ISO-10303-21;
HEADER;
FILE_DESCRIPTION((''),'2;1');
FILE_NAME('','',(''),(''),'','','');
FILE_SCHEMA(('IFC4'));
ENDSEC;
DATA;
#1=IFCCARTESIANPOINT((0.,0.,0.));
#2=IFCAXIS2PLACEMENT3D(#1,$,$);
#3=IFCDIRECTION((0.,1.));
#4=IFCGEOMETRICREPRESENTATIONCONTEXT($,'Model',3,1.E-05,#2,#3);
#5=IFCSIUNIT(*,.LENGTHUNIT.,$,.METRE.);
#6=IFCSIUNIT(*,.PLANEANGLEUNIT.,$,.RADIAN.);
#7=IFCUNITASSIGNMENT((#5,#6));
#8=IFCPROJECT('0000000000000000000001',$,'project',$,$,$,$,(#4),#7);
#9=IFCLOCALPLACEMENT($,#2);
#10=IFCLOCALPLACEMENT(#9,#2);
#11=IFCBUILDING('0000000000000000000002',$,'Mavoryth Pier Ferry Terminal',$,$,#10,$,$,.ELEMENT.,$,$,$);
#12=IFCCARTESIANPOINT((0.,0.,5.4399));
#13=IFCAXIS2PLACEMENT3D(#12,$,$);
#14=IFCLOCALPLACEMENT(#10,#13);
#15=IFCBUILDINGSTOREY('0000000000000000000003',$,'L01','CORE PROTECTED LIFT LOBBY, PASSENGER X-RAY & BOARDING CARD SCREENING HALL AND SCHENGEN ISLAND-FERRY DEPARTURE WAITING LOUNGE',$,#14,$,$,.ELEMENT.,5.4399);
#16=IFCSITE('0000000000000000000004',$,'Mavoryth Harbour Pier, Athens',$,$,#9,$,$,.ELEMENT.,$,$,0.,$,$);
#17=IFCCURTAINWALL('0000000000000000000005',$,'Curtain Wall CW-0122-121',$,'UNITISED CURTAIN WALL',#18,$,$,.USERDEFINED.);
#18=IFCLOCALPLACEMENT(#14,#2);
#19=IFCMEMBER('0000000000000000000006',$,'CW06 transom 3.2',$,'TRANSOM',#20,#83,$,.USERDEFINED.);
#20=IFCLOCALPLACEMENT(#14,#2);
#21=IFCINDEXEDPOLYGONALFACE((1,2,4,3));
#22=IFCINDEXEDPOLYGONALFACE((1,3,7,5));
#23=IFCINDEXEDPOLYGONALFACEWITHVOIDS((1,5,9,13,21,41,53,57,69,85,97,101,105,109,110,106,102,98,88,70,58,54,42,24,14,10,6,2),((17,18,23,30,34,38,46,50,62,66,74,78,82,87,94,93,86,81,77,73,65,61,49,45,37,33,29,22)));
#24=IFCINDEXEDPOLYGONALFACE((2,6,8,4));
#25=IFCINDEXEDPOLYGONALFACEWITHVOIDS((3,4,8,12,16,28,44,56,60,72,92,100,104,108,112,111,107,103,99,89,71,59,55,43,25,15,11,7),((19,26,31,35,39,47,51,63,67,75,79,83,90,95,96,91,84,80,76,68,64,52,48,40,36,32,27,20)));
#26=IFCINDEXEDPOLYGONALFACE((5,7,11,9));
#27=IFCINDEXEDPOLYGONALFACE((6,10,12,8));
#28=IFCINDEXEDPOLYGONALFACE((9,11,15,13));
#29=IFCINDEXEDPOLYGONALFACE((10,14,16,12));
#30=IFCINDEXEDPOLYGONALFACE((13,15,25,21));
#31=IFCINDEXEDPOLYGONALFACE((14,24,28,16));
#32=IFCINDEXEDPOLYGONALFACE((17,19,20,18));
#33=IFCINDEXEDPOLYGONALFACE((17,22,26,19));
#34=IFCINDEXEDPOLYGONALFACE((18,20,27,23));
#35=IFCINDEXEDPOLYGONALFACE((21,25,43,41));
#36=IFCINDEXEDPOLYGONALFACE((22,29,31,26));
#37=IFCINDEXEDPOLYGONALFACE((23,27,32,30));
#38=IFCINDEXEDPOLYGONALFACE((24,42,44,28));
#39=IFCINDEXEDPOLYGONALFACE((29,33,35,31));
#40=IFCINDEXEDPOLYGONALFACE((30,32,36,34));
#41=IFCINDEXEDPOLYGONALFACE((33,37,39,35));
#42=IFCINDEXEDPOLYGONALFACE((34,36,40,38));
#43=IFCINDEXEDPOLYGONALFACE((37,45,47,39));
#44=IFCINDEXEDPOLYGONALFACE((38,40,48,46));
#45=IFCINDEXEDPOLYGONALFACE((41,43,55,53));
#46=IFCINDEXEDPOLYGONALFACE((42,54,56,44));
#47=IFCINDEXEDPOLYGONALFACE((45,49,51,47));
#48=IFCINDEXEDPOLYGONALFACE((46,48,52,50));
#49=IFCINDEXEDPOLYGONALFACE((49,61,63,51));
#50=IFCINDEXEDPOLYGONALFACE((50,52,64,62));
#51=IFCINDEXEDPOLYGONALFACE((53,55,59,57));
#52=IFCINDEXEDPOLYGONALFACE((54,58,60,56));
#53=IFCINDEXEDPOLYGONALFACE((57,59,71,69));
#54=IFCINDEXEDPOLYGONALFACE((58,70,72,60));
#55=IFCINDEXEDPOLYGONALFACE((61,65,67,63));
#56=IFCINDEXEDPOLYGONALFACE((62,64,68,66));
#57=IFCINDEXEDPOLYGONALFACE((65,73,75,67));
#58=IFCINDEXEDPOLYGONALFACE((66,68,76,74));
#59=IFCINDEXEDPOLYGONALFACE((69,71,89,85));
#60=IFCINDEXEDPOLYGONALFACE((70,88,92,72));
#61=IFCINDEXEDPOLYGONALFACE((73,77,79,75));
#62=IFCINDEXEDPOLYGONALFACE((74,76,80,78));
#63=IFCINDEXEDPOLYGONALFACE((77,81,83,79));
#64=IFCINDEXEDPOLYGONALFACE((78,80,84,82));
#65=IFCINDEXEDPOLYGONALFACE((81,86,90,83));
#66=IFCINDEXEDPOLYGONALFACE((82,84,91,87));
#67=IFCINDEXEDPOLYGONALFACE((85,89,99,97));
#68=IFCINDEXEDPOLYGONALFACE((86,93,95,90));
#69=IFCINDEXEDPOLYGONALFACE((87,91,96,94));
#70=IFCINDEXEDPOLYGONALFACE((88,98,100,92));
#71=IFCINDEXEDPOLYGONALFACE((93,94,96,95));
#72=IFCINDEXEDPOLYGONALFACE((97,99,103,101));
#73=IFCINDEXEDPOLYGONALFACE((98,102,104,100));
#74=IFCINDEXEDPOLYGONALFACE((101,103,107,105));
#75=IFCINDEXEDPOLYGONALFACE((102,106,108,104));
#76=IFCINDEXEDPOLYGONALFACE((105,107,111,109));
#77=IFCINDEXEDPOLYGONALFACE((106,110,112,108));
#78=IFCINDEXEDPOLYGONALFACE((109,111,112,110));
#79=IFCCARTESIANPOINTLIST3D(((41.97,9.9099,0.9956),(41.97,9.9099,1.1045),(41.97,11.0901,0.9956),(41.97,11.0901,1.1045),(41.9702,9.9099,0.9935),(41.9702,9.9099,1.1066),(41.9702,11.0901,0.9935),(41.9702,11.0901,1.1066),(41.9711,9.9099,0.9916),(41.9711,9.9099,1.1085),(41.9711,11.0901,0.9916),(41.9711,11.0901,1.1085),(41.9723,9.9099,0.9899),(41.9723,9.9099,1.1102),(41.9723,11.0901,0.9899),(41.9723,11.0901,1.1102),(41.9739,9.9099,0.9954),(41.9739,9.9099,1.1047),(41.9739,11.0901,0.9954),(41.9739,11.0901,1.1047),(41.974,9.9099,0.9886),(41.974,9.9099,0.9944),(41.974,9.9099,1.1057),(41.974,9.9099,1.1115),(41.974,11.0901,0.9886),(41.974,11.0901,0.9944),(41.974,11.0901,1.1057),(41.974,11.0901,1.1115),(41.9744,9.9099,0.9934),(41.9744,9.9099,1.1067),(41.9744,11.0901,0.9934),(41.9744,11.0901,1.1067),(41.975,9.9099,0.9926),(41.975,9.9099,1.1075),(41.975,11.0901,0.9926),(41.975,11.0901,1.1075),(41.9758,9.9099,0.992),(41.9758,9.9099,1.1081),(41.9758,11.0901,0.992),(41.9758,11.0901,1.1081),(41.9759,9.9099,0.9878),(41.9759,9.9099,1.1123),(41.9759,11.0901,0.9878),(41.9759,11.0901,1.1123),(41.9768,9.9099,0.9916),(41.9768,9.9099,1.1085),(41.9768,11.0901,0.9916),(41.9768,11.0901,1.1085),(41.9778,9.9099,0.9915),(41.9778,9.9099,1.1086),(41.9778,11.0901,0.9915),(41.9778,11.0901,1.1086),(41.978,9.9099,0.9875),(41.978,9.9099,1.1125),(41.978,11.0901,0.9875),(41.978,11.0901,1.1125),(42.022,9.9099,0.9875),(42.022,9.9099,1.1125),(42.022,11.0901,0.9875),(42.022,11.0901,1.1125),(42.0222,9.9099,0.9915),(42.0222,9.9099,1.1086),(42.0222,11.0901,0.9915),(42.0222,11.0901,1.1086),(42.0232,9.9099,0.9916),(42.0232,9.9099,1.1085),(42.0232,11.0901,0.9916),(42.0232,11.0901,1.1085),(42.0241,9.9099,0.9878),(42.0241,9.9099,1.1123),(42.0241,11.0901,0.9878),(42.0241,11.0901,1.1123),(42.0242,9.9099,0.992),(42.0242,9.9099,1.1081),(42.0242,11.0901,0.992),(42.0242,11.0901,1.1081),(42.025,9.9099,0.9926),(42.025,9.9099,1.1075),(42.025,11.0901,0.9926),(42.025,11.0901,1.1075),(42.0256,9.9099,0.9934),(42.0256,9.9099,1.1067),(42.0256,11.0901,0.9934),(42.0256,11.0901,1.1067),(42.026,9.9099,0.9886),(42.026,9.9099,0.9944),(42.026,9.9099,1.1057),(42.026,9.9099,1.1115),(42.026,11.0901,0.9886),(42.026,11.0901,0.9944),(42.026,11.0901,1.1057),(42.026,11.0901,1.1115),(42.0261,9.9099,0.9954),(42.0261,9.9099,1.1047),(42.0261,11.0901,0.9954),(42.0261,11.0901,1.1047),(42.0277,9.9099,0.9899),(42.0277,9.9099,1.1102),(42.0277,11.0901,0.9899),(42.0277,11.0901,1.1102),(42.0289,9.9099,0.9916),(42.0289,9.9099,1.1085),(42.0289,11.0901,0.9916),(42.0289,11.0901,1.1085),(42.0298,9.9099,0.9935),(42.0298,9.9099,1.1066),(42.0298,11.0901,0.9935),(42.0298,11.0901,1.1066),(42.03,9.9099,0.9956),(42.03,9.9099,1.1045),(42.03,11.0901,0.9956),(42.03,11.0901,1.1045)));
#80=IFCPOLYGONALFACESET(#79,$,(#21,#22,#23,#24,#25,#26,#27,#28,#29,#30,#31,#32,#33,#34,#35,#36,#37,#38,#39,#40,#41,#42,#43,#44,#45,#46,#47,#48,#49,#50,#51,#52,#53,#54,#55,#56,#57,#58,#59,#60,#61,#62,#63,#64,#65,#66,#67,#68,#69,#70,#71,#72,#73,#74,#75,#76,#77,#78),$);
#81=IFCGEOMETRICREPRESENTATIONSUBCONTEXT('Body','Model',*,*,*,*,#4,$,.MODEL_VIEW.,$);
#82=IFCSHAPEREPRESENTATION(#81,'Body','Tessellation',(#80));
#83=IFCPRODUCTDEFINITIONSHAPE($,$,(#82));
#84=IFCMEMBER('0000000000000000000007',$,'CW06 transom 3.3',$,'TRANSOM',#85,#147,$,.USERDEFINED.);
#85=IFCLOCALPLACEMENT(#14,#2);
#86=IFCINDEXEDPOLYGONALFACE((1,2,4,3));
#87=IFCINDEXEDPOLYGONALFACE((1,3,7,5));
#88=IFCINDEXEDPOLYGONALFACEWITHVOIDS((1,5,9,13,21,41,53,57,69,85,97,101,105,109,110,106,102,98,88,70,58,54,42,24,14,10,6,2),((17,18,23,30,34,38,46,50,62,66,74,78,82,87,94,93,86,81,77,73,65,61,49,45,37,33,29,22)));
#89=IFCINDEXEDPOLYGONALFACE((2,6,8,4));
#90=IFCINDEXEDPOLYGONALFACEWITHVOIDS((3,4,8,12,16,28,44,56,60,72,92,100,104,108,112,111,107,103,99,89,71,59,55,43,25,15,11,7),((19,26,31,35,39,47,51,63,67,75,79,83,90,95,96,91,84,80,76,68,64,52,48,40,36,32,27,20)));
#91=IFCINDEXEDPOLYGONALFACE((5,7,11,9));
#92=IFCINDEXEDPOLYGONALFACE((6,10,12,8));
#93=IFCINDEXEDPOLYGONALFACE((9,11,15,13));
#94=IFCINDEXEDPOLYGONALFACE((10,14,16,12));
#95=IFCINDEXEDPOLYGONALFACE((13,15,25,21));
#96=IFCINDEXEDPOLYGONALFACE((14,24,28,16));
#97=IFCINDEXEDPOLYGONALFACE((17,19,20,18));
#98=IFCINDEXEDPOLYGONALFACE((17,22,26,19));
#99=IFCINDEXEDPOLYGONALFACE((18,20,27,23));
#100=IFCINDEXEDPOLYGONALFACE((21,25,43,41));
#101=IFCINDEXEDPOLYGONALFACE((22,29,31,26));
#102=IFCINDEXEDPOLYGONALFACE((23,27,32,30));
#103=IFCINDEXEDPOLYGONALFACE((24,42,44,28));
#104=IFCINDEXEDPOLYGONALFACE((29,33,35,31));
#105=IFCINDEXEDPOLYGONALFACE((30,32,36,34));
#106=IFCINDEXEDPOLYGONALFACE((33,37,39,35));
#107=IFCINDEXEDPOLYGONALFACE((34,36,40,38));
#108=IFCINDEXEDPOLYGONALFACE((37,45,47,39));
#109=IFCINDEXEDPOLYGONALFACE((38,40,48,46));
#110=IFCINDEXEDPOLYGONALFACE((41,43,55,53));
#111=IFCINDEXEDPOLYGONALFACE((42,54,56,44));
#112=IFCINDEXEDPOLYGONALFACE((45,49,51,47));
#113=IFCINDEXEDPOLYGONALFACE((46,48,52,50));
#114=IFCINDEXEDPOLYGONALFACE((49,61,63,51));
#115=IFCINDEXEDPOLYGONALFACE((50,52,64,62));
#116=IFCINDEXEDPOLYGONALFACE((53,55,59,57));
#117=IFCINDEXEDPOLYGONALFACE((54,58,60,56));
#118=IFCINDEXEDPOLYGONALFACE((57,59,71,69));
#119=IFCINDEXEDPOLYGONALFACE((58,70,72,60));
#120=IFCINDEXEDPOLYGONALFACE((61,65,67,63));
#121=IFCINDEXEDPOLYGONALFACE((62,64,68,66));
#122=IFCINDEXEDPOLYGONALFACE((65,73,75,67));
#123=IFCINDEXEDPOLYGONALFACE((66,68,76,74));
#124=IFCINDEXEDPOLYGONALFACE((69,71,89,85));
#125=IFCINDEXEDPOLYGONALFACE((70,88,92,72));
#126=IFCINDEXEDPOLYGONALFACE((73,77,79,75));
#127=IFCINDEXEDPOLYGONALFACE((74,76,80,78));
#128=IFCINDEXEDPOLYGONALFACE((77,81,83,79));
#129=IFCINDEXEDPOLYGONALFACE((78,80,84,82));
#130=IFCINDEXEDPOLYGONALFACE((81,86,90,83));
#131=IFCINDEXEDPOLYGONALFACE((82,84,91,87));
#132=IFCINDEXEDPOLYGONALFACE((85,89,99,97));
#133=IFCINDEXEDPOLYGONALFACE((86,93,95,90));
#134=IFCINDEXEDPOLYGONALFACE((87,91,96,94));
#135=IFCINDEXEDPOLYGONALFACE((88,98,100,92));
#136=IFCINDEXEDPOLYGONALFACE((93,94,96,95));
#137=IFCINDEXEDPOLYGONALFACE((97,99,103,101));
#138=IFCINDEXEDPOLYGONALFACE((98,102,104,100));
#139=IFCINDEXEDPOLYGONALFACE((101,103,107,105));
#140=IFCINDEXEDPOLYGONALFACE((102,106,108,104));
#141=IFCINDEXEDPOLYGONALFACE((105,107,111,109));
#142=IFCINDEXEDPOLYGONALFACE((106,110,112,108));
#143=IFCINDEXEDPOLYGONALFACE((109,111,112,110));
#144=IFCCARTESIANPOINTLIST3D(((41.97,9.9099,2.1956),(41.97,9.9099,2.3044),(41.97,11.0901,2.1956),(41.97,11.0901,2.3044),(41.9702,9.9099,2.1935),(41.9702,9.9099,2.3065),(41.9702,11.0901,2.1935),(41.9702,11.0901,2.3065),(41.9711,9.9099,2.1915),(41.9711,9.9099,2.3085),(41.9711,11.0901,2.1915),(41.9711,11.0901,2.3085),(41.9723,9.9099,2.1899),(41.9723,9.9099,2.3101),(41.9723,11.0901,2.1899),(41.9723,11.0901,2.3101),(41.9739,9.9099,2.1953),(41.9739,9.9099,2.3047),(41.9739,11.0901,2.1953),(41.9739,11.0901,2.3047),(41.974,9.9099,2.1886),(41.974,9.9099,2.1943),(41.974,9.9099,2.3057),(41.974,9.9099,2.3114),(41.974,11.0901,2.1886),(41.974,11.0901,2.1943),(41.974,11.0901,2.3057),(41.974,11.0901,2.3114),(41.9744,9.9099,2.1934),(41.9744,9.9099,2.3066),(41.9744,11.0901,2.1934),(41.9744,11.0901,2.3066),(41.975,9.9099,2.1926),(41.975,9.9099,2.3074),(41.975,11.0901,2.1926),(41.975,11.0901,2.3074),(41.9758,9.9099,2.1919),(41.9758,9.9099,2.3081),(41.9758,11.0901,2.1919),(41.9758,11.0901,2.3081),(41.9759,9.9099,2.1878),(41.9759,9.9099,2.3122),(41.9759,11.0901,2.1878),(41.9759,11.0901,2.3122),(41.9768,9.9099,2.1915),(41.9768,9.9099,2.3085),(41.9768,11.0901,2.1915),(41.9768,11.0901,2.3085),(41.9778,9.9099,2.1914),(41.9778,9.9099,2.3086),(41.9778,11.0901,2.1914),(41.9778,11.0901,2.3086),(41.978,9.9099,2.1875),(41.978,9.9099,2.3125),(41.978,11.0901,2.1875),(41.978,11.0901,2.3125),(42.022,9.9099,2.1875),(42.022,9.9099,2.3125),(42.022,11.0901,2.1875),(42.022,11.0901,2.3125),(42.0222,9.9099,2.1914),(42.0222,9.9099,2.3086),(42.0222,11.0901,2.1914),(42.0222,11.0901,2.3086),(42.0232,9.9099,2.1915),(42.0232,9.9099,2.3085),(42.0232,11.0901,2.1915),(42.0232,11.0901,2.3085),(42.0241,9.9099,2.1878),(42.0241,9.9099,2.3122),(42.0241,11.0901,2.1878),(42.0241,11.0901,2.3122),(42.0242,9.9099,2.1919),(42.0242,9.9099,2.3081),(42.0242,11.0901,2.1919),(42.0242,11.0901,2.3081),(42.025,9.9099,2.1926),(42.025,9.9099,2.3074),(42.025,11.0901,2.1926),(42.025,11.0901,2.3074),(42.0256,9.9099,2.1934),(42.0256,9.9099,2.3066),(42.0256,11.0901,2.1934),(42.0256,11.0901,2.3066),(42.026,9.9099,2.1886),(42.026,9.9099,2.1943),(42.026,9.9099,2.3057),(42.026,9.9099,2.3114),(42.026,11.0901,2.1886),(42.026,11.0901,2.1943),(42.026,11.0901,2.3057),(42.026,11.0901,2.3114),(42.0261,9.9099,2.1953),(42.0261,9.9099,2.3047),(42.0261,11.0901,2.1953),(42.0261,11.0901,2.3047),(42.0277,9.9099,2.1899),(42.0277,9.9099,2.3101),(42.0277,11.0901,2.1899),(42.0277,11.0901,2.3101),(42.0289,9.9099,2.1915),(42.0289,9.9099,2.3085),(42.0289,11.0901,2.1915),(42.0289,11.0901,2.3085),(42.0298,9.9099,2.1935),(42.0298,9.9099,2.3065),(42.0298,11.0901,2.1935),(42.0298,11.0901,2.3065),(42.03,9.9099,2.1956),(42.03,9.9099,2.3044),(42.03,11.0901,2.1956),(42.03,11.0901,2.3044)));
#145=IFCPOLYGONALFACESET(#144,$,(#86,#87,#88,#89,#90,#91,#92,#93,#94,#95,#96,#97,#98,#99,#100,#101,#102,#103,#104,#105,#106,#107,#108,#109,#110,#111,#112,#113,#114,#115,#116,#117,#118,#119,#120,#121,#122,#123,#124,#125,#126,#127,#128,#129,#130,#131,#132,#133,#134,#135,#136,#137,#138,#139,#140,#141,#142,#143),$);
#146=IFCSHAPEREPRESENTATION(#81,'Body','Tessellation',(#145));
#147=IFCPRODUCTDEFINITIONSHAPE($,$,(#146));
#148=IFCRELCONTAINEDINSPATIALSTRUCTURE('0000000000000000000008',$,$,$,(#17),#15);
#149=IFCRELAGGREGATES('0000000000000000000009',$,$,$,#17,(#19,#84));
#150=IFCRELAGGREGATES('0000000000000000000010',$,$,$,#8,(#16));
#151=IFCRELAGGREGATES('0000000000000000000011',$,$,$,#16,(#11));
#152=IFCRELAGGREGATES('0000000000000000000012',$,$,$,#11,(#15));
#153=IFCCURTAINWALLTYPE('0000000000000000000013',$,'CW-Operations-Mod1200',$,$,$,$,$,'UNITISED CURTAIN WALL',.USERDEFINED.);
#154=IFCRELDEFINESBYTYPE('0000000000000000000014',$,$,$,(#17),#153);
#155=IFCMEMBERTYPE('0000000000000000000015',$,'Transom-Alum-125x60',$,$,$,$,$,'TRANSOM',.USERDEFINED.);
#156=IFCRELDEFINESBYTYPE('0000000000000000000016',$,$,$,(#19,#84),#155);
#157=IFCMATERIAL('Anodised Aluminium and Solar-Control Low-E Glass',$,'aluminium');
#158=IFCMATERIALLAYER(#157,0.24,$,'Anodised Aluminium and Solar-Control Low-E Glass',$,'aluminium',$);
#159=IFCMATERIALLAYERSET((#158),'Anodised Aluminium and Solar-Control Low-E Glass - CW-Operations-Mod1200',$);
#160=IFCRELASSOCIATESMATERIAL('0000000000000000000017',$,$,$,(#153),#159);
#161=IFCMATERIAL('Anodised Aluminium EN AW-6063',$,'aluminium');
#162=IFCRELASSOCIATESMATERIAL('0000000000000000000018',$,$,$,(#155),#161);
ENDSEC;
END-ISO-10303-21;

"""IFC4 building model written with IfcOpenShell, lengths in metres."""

from ifc_helpers import new_model, si_unit, direction, frame, origin, origin_2d, place, context, subcontext, project, spatial, hollow_rectangle, extrude, material, layer, layer_set, material_profile, profile_set, type_object, element, aggregate, save


model = new_model("IFC4")

# Units and contexts
model_context = context("Model", 3, precision=1e-05, world=origin(), true_north=direction((0.0, 1.0)))
body_context = subcontext(model_context, "Body", "Model", "MODEL_VIEW")
ifc_project = project(units=[si_unit("LENGTHUNIT", "METRE"), si_unit("PLANEANGLEUNIT", "RADIAN")], contexts=[model_context])

# Site, building, storey
site_placement = place(None, origin())
site = spatial("IfcSite", under=ifc_project, at=site_placement, Name="Mavoryth Harbour Pier, Athens", CompositionType="ELEMENT", RefElevation=0.0)
building_placement = place(site_placement, origin())
building = spatial("IfcBuilding", under=site, at=building_placement, Name="Mavoryth Pier Ferry Terminal", CompositionType="ELEMENT")
storey_placement = place(building_placement, frame((0.0, 0.0, 5.4399)))
storey = spatial("IfcBuildingStorey", under=building, at=storey_placement, Name="L01", Description="CORE PROTECTED LIFT LOBBY, PASSENGER X-RAY & BOARDING CARD SCREENING HALL AND SCHENGEN ISLAND-FERRY DEPARTURE WAITING LOUNGE", CompositionType="ELEMENT", Elevation=5.4399)

# Curtain wall
ifc_material_1 = material(Name="Anodised Aluminium and Solar-Control Low-E Glass", Category="aluminium")
ifc_layer_1 = layer(ifc_material_1, 0.24, Name="Anodised Aluminium and Solar-Control Low-E Glass", Category="aluminium")
ifc_layer_set_1 = layer_set([ifc_layer_1], Name="Anodised Aluminium and Solar-Control Low-E Glass - CW-Operations-Mod1200")
curtain_wall_type_1 = type_object("IfcCurtainWallType", Name="CW-Operations-Mod1200", ElementType="UNITISED CURTAIN WALL", PredefinedType="USERDEFINED", material=ifc_layer_set_1)
curtain_wall_1_placement = place(storey_placement, origin())
curtain_wall_1 = element("IfcCurtainWall", 1, at=curtain_wall_1_placement, inside=storey, type_object=curtain_wall_type_1, Name="Curtain Wall CW-0122-121", ObjectType="UNITISED CURTAIN WALL", PredefinedType="USERDEFINED")
ifc_material_2 = material(Name="Anodised Aluminium EN AW-6063", Category="aluminium")

# Members
ifc_material_profile_1 = material_profile(ifc_material_2, hollow_rectangle(XDim=0.0601, YDim=0.125, WallThickness=0.0039, InnerFilletRadius=0.0039, OuterFilletRadius=0.0081, at=origin_2d()), Name="AL-TRAN 125x60x4", Category="aluminium")
ifc_profile_set_1 = profile_set([ifc_material_profile_1], Name="Anodised Aluminium EN AW-6063 - AL-TRAN 125x60x4")
member_type_1 = type_object("IfcMemberType", Name="Transom-Alum-125x60", ElementType="TRANSOM", PredefinedType="USERDEFINED", material=ifc_profile_set_1)
member_1_placement = place(storey_placement, frame((42.0, 11.0901, 1.05), z_axis=(0.0, -1.0, 0.0), x_axis=(1.0, 0.0, 0.0)))
member_1 = element("IfcMember", 2, at=member_1_placement, type_object=member_type_1, Name="CW06 transom 3.2", ObjectType="TRANSOM", PredefinedType="USERDEFINED", context=body_context, shape_type="SweptSolid", body=[
    extrude(hollow_rectangle(XDim=0.0601, YDim=0.125, WallThickness=0.0039, InnerFilletRadius=0.0039, OuterFilletRadius=0.0081, at=origin_2d()), origin(), (0.0, 0.0, 1.0), 1.1802),
])
member_2_placement = place(storey_placement, frame((42.0, 11.0901, 2.25), z_axis=(0.0, -1.0, 0.0), x_axis=(1.0, 0.0, 0.0)))
member_2 = element("IfcMember", 3, at=member_2_placement, type_object=member_type_1, Name="CW06 transom 3.3", ObjectType="TRANSOM", PredefinedType="USERDEFINED", context=body_context, shape_type="SweptSolid", body=[
    extrude(hollow_rectangle(XDim=0.0601, YDim=0.125, WallThickness=0.0039, InnerFilletRadius=0.0039, OuterFilletRadius=0.0081, at=origin_2d()), origin(), (0.0, 0.0, 1.0), 1.1802),
])

aggregate(curtain_wall_1, [member_1, member_2])

save(model, "model.ifc")
